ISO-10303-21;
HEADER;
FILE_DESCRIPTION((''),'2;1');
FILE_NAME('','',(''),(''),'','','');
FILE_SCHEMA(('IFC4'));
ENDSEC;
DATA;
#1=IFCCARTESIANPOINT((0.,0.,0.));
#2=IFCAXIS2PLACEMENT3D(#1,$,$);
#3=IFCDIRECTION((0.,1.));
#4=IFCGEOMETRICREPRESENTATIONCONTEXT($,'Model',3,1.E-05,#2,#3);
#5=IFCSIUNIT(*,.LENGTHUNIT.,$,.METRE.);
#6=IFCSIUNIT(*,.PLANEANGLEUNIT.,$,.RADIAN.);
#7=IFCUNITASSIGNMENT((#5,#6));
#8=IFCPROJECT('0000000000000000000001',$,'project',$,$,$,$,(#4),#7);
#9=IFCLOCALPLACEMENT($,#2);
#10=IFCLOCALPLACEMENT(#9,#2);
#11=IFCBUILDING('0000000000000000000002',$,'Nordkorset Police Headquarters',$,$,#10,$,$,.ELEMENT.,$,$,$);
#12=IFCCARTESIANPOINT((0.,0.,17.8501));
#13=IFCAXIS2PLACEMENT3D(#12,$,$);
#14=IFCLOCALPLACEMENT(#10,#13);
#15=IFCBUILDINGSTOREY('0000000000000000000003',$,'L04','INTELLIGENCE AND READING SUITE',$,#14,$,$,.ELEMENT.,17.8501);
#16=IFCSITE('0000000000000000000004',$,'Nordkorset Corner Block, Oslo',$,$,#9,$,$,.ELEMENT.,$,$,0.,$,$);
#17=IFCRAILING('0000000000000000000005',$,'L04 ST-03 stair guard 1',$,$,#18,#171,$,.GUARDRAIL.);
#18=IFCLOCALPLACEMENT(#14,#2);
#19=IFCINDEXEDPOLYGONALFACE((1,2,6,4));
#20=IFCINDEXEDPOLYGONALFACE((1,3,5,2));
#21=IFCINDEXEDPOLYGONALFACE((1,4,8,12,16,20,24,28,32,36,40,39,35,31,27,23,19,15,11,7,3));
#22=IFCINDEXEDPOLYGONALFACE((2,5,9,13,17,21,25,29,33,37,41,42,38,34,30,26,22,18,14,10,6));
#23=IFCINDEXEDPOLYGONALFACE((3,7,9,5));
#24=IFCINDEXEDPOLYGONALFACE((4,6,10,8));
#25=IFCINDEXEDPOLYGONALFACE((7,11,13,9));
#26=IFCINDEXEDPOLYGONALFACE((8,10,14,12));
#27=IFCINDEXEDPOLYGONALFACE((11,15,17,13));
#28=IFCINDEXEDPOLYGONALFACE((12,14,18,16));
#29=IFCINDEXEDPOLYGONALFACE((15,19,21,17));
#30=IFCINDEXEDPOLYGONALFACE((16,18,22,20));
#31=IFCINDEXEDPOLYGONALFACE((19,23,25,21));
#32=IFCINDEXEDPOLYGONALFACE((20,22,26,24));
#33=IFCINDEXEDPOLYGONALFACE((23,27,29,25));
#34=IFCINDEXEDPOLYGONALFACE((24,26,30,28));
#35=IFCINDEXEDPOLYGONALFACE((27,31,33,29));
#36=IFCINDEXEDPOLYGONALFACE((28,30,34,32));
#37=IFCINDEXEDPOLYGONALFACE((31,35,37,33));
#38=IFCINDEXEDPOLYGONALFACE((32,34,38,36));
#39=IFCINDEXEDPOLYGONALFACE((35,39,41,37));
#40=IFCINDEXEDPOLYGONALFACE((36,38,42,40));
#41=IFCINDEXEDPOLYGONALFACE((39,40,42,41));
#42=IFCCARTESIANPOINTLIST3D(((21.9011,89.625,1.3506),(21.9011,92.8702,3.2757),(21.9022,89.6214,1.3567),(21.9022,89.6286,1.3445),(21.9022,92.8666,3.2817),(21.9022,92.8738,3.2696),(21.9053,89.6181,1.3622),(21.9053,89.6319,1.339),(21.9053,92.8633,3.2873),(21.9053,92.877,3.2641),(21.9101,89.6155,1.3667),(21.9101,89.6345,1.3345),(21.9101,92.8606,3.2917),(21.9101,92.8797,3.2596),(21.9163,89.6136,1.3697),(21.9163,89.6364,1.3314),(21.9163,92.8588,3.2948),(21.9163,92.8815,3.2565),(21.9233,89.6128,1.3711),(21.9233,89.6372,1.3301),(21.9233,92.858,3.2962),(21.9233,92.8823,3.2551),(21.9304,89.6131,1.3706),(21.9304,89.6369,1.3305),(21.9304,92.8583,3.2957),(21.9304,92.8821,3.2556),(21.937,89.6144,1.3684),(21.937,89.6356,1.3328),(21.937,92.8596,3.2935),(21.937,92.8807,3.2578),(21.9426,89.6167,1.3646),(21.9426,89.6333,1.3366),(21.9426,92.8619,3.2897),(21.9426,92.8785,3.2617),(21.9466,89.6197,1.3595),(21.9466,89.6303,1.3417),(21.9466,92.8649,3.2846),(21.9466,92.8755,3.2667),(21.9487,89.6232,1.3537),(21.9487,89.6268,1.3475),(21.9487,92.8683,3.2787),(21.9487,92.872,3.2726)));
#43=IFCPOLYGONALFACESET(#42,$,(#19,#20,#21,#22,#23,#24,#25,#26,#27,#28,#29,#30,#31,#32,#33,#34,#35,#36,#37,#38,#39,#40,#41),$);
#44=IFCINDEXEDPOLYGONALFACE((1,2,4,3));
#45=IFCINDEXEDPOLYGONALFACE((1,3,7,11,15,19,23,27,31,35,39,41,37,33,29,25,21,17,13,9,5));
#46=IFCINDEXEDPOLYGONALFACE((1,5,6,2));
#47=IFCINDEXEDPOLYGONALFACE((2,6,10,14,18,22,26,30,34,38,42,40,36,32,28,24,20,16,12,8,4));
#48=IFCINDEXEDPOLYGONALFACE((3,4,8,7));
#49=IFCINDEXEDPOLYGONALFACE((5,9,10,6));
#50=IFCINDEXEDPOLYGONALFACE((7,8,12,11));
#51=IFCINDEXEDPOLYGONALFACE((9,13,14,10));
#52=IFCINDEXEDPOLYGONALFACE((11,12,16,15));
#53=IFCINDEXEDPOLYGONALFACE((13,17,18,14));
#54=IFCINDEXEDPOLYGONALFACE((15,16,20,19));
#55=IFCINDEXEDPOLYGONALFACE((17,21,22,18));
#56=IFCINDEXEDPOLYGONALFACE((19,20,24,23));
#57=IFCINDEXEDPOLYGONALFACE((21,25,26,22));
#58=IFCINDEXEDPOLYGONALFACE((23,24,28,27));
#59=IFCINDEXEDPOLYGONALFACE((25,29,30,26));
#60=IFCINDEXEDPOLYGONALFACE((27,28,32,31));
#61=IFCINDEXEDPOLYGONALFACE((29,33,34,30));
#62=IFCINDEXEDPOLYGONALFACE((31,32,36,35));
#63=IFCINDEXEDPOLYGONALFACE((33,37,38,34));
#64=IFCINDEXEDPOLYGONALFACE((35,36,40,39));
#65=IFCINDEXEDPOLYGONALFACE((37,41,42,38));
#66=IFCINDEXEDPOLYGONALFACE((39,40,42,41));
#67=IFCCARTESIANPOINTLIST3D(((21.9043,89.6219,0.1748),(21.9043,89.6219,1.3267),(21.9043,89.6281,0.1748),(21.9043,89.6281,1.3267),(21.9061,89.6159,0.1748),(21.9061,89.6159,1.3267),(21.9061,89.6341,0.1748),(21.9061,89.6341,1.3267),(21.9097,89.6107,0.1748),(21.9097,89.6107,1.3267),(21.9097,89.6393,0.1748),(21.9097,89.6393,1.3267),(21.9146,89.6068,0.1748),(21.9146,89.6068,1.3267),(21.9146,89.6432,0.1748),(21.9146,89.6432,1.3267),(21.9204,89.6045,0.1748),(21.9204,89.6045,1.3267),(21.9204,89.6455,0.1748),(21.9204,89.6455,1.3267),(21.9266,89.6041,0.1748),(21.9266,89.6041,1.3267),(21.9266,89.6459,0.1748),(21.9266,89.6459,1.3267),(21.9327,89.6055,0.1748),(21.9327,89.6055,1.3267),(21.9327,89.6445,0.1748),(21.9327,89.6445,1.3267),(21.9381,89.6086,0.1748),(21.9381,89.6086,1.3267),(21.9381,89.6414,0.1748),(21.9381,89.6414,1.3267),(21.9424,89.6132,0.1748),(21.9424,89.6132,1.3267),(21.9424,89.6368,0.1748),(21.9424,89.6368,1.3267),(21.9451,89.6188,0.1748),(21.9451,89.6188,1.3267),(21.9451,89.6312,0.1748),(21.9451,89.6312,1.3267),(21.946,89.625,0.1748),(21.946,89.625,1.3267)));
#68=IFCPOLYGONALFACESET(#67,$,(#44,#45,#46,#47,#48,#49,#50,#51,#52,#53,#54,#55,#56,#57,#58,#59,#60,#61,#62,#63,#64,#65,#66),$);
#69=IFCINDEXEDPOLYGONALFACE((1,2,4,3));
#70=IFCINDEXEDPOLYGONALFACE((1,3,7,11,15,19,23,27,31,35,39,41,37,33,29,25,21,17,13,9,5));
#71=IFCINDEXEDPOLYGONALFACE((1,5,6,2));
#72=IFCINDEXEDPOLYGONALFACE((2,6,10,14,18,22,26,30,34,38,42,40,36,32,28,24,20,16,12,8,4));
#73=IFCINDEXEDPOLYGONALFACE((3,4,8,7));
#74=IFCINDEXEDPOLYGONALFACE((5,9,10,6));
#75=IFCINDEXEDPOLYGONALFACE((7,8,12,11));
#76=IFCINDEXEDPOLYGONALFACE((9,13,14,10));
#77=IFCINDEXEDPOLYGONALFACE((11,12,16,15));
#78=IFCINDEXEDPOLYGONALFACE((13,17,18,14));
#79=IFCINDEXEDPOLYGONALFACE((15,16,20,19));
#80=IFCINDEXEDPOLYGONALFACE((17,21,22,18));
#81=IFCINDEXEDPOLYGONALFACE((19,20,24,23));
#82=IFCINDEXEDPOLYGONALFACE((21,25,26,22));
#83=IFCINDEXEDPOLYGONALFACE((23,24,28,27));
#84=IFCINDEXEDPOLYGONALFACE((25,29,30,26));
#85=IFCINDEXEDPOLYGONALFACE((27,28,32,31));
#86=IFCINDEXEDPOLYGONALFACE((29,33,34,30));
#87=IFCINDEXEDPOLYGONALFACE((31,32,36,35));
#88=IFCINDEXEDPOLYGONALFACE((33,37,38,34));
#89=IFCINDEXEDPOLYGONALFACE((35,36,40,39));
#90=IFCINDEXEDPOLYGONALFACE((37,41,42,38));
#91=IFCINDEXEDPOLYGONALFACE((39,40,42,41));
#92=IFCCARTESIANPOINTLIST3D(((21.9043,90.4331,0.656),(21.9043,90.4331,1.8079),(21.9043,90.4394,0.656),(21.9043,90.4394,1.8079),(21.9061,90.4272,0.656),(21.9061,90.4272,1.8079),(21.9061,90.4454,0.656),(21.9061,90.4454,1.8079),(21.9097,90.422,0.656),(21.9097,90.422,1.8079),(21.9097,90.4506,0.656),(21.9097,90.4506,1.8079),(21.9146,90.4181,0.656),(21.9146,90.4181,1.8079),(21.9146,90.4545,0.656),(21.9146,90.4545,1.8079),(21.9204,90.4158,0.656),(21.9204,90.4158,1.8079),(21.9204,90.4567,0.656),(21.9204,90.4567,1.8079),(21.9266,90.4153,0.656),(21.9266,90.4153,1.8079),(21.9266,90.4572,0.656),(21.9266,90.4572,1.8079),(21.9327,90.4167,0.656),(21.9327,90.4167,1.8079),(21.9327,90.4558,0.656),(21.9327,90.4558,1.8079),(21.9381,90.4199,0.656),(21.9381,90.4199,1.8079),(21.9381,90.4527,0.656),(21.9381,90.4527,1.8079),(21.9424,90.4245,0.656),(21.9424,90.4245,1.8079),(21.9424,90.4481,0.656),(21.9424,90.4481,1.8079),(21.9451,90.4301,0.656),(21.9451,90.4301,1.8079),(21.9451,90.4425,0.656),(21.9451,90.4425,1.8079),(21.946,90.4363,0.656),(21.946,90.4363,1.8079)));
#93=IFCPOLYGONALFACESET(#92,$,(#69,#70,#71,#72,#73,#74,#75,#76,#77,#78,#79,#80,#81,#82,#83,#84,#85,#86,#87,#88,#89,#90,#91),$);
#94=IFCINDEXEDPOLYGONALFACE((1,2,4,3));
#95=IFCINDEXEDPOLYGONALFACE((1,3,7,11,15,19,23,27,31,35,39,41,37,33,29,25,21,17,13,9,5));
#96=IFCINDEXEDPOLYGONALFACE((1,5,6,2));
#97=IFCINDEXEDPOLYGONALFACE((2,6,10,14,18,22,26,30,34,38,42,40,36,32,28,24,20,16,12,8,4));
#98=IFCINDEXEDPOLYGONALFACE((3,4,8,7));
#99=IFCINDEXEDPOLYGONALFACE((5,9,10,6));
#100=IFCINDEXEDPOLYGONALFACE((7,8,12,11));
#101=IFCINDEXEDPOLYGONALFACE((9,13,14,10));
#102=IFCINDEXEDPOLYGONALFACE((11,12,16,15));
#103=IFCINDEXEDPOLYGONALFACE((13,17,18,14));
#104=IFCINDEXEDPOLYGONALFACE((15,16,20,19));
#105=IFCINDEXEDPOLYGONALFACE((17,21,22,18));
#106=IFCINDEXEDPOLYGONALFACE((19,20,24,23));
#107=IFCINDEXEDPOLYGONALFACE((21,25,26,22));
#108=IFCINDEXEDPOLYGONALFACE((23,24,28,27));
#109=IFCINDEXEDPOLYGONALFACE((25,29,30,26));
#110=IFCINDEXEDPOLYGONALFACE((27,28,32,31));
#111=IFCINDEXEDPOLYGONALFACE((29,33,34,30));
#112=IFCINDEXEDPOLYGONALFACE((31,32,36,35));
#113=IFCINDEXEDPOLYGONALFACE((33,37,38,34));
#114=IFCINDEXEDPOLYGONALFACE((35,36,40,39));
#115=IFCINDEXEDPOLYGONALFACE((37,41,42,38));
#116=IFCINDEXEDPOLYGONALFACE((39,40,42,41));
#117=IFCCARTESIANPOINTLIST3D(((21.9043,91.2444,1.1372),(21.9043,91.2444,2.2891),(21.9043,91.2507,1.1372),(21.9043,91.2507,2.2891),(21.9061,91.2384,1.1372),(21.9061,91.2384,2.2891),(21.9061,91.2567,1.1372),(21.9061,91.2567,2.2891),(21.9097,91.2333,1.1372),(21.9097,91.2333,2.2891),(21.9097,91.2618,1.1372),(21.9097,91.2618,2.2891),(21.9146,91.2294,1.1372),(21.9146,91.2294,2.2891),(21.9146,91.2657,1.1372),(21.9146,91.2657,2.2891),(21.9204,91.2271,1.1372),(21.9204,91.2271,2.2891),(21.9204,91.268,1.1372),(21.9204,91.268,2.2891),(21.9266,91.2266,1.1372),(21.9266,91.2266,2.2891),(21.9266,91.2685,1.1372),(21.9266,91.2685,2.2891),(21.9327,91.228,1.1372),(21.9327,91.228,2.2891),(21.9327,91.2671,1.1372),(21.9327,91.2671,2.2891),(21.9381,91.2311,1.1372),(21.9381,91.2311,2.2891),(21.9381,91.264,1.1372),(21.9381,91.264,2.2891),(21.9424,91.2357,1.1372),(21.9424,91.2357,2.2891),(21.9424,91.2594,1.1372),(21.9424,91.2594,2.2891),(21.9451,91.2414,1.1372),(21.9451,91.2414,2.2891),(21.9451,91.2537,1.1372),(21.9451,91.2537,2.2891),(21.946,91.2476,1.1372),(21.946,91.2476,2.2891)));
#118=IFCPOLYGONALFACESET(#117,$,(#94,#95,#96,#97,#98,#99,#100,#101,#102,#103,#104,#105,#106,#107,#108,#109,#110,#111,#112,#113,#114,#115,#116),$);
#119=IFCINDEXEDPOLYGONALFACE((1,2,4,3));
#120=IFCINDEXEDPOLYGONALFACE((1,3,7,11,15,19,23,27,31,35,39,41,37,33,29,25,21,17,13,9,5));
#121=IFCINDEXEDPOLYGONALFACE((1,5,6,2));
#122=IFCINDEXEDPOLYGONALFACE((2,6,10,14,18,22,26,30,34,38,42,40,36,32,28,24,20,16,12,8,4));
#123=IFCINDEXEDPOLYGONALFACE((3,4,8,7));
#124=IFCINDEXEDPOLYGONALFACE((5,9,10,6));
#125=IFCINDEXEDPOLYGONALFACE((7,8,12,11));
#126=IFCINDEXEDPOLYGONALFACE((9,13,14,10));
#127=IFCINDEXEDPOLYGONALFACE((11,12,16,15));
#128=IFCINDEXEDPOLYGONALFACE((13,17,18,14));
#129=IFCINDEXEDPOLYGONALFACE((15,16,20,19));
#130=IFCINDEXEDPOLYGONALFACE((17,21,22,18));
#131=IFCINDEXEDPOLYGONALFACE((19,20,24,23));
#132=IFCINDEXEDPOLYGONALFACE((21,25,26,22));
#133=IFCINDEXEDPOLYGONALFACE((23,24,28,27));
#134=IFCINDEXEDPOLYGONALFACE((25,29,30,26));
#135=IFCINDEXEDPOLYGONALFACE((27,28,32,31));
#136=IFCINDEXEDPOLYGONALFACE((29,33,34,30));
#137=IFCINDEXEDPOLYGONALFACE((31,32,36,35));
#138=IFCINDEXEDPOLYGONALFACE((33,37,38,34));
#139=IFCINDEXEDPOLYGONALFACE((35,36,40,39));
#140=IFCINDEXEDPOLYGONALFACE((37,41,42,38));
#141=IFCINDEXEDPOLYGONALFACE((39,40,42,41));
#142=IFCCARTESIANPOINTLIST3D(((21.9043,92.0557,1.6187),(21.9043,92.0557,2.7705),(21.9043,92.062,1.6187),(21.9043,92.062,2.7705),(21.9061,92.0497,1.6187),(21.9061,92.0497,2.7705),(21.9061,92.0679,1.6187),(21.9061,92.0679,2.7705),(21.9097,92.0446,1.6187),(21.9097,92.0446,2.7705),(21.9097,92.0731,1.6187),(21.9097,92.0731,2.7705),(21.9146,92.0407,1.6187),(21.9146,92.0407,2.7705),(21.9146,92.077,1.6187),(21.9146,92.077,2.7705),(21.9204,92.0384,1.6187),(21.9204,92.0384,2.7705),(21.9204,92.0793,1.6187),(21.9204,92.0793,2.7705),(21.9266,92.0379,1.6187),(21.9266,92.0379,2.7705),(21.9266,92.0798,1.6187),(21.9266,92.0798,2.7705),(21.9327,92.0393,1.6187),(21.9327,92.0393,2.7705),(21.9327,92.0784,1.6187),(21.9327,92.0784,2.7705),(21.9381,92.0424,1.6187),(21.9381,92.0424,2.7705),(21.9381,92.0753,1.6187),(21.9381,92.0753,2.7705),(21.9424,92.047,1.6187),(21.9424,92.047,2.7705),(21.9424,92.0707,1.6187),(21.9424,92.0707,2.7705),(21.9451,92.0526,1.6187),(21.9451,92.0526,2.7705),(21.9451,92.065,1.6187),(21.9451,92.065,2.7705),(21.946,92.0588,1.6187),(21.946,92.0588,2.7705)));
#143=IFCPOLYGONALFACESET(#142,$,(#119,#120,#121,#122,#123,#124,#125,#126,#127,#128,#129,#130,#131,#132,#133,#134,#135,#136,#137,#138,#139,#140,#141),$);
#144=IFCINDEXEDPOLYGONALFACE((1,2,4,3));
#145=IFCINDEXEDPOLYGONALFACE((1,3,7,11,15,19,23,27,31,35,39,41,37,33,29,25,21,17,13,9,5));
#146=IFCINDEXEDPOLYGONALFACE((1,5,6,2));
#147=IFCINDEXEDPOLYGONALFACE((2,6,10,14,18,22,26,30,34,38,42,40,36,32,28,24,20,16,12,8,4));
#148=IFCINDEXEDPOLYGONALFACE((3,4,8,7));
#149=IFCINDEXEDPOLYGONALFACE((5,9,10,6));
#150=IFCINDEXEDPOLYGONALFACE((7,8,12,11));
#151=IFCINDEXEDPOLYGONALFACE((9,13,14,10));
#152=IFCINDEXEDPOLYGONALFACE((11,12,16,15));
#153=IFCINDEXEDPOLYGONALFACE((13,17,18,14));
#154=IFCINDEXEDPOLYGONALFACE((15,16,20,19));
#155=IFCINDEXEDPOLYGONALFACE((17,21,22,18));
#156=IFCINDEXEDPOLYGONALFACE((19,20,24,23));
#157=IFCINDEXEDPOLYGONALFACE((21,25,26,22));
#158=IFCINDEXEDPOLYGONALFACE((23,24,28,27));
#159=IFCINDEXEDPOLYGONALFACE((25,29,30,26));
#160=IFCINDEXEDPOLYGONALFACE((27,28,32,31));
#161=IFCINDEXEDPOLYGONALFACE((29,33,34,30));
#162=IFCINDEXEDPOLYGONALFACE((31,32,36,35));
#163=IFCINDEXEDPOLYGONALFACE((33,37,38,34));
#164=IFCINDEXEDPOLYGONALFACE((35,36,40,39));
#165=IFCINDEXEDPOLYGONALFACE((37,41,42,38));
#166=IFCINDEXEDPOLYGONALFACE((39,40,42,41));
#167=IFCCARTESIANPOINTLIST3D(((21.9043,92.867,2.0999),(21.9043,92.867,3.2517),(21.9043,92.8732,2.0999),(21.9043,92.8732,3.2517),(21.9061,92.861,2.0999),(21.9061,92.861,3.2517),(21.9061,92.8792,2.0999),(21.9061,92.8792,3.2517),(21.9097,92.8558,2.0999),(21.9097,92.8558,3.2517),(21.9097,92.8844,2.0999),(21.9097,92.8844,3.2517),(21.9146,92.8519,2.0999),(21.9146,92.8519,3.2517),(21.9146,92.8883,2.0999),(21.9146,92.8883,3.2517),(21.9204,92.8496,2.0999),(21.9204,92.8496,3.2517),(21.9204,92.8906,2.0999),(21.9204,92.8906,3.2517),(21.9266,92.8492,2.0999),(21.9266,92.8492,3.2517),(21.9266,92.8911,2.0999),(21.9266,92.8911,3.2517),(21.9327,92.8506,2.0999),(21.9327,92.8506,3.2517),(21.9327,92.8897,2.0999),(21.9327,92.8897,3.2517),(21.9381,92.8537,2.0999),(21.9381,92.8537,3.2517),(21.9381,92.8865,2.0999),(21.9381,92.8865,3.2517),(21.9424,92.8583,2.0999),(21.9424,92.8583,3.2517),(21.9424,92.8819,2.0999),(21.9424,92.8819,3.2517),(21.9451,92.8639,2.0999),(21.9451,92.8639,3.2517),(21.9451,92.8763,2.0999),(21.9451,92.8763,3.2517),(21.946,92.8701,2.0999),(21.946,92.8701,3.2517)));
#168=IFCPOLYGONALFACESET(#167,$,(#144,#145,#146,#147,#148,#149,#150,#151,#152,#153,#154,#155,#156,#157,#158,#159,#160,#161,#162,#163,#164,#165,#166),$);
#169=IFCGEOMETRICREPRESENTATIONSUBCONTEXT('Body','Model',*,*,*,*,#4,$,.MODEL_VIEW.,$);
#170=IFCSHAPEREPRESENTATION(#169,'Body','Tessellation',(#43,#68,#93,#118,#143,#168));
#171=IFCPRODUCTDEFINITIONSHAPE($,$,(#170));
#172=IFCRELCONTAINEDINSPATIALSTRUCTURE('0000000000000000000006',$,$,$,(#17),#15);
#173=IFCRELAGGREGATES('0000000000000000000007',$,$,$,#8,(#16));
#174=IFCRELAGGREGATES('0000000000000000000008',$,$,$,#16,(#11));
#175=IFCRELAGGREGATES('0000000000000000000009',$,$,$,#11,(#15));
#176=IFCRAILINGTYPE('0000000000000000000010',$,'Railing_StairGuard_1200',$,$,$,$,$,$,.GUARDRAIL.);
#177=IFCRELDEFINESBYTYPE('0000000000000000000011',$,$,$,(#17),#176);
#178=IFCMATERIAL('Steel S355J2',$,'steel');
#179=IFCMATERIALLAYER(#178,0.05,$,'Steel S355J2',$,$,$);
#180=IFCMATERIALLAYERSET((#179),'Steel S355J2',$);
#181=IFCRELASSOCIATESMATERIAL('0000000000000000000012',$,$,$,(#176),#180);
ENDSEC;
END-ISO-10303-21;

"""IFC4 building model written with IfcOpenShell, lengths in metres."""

from ifc_helpers import new_model, si_unit, direction, frame, origin, origin_2d, place, context, subcontext, project, spatial, circle, extrude, material, layer, layer_set, type_object, element, save


model = new_model("IFC4")

# Units and contexts
model_context = context("Model", 3, precision=1e-05, world=origin(), true_north=direction((0.0, 1.0)))
body_context = subcontext(model_context, "Body", "Model", "MODEL_VIEW")
ifc_project = project(units=[si_unit("LENGTHUNIT", "METRE"), si_unit("PLANEANGLEUNIT", "RADIAN")], contexts=[model_context])

# Site, building, storey
site_placement = place(None, origin())
site = spatial("IfcSite", under=ifc_project, at=site_placement, Name="Nordkorset Corner Block, Oslo", CompositionType="ELEMENT", RefElevation=0.0)
building_placement = place(site_placement, origin())
building = spatial("IfcBuilding", under=site, at=building_placement, Name="Nordkorset Police Headquarters", CompositionType="ELEMENT")
storey_placement = place(building_placement, frame((0.0, 0.0, 17.8501)))
storey = spatial("IfcBuildingStorey", under=building, at=storey_placement, Name="L04", Description="INTELLIGENCE AND READING SUITE", CompositionType="ELEMENT", Elevation=17.8501)

# Railing
ifc_material_1 = material(Name="Steel S355J2", Category="steel")
ifc_layer_1 = layer(ifc_material_1, 0.05, Name="Steel S355J2")
ifc_layer_set_1 = layer_set([ifc_layer_1], Name="Steel S355J2")
railing_type_1 = type_object("IfcRailingType", Name="Railing_StairGuard_1200", PredefinedType="GUARDRAIL", material=ifc_layer_set_1)
railing_1_placement = place(storey_placement, frame((21.925, 89.625, 0.1748)))
element("IfcRailing", 1, at=railing_1_placement, inside=storey, type_object=railing_type_1, Name="L04 ST-03 stair guard 1", PredefinedType="GUARDRAIL", context=body_context, shape_type="SweptSolid", body=[
    extrude(circle(Radius=0.0239, at=origin_2d()), frame((0.0, 0.0, 1.1758), z_axis=(0.0, 0.860057, 0.510198), x_axis=(-1.0, 0.0, 0.0)), (0.0, 0.0, 1.0), 3.7732),
    extrude(circle(Radius=0.021, at=origin_2d()), origin(), (0.0, 0.0, 1.0), 1.1519),
    extrude(circle(Radius=0.021, at=origin_2d()), frame((0.0, 0.8113, 0.4812)), (0.0, 0.0, 1.0), 1.1519),
    extrude(circle(Radius=0.021, at=origin_2d()), frame((0.0, 1.6226, 0.9624)), (0.0, 0.0, 1.0), 1.1519),
    extrude(circle(Radius=0.021, at=origin_2d()), frame((0.0, 2.4338, 1.4438)), (0.0, 0.0, 1.0), 1.1519),
    extrude(circle(Radius=0.021, at=origin_2d()), frame((0.0, 3.2451, 1.925)), (0.0, 0.0, 1.0), 1.1519),
])

save(model, "model.ifc")
